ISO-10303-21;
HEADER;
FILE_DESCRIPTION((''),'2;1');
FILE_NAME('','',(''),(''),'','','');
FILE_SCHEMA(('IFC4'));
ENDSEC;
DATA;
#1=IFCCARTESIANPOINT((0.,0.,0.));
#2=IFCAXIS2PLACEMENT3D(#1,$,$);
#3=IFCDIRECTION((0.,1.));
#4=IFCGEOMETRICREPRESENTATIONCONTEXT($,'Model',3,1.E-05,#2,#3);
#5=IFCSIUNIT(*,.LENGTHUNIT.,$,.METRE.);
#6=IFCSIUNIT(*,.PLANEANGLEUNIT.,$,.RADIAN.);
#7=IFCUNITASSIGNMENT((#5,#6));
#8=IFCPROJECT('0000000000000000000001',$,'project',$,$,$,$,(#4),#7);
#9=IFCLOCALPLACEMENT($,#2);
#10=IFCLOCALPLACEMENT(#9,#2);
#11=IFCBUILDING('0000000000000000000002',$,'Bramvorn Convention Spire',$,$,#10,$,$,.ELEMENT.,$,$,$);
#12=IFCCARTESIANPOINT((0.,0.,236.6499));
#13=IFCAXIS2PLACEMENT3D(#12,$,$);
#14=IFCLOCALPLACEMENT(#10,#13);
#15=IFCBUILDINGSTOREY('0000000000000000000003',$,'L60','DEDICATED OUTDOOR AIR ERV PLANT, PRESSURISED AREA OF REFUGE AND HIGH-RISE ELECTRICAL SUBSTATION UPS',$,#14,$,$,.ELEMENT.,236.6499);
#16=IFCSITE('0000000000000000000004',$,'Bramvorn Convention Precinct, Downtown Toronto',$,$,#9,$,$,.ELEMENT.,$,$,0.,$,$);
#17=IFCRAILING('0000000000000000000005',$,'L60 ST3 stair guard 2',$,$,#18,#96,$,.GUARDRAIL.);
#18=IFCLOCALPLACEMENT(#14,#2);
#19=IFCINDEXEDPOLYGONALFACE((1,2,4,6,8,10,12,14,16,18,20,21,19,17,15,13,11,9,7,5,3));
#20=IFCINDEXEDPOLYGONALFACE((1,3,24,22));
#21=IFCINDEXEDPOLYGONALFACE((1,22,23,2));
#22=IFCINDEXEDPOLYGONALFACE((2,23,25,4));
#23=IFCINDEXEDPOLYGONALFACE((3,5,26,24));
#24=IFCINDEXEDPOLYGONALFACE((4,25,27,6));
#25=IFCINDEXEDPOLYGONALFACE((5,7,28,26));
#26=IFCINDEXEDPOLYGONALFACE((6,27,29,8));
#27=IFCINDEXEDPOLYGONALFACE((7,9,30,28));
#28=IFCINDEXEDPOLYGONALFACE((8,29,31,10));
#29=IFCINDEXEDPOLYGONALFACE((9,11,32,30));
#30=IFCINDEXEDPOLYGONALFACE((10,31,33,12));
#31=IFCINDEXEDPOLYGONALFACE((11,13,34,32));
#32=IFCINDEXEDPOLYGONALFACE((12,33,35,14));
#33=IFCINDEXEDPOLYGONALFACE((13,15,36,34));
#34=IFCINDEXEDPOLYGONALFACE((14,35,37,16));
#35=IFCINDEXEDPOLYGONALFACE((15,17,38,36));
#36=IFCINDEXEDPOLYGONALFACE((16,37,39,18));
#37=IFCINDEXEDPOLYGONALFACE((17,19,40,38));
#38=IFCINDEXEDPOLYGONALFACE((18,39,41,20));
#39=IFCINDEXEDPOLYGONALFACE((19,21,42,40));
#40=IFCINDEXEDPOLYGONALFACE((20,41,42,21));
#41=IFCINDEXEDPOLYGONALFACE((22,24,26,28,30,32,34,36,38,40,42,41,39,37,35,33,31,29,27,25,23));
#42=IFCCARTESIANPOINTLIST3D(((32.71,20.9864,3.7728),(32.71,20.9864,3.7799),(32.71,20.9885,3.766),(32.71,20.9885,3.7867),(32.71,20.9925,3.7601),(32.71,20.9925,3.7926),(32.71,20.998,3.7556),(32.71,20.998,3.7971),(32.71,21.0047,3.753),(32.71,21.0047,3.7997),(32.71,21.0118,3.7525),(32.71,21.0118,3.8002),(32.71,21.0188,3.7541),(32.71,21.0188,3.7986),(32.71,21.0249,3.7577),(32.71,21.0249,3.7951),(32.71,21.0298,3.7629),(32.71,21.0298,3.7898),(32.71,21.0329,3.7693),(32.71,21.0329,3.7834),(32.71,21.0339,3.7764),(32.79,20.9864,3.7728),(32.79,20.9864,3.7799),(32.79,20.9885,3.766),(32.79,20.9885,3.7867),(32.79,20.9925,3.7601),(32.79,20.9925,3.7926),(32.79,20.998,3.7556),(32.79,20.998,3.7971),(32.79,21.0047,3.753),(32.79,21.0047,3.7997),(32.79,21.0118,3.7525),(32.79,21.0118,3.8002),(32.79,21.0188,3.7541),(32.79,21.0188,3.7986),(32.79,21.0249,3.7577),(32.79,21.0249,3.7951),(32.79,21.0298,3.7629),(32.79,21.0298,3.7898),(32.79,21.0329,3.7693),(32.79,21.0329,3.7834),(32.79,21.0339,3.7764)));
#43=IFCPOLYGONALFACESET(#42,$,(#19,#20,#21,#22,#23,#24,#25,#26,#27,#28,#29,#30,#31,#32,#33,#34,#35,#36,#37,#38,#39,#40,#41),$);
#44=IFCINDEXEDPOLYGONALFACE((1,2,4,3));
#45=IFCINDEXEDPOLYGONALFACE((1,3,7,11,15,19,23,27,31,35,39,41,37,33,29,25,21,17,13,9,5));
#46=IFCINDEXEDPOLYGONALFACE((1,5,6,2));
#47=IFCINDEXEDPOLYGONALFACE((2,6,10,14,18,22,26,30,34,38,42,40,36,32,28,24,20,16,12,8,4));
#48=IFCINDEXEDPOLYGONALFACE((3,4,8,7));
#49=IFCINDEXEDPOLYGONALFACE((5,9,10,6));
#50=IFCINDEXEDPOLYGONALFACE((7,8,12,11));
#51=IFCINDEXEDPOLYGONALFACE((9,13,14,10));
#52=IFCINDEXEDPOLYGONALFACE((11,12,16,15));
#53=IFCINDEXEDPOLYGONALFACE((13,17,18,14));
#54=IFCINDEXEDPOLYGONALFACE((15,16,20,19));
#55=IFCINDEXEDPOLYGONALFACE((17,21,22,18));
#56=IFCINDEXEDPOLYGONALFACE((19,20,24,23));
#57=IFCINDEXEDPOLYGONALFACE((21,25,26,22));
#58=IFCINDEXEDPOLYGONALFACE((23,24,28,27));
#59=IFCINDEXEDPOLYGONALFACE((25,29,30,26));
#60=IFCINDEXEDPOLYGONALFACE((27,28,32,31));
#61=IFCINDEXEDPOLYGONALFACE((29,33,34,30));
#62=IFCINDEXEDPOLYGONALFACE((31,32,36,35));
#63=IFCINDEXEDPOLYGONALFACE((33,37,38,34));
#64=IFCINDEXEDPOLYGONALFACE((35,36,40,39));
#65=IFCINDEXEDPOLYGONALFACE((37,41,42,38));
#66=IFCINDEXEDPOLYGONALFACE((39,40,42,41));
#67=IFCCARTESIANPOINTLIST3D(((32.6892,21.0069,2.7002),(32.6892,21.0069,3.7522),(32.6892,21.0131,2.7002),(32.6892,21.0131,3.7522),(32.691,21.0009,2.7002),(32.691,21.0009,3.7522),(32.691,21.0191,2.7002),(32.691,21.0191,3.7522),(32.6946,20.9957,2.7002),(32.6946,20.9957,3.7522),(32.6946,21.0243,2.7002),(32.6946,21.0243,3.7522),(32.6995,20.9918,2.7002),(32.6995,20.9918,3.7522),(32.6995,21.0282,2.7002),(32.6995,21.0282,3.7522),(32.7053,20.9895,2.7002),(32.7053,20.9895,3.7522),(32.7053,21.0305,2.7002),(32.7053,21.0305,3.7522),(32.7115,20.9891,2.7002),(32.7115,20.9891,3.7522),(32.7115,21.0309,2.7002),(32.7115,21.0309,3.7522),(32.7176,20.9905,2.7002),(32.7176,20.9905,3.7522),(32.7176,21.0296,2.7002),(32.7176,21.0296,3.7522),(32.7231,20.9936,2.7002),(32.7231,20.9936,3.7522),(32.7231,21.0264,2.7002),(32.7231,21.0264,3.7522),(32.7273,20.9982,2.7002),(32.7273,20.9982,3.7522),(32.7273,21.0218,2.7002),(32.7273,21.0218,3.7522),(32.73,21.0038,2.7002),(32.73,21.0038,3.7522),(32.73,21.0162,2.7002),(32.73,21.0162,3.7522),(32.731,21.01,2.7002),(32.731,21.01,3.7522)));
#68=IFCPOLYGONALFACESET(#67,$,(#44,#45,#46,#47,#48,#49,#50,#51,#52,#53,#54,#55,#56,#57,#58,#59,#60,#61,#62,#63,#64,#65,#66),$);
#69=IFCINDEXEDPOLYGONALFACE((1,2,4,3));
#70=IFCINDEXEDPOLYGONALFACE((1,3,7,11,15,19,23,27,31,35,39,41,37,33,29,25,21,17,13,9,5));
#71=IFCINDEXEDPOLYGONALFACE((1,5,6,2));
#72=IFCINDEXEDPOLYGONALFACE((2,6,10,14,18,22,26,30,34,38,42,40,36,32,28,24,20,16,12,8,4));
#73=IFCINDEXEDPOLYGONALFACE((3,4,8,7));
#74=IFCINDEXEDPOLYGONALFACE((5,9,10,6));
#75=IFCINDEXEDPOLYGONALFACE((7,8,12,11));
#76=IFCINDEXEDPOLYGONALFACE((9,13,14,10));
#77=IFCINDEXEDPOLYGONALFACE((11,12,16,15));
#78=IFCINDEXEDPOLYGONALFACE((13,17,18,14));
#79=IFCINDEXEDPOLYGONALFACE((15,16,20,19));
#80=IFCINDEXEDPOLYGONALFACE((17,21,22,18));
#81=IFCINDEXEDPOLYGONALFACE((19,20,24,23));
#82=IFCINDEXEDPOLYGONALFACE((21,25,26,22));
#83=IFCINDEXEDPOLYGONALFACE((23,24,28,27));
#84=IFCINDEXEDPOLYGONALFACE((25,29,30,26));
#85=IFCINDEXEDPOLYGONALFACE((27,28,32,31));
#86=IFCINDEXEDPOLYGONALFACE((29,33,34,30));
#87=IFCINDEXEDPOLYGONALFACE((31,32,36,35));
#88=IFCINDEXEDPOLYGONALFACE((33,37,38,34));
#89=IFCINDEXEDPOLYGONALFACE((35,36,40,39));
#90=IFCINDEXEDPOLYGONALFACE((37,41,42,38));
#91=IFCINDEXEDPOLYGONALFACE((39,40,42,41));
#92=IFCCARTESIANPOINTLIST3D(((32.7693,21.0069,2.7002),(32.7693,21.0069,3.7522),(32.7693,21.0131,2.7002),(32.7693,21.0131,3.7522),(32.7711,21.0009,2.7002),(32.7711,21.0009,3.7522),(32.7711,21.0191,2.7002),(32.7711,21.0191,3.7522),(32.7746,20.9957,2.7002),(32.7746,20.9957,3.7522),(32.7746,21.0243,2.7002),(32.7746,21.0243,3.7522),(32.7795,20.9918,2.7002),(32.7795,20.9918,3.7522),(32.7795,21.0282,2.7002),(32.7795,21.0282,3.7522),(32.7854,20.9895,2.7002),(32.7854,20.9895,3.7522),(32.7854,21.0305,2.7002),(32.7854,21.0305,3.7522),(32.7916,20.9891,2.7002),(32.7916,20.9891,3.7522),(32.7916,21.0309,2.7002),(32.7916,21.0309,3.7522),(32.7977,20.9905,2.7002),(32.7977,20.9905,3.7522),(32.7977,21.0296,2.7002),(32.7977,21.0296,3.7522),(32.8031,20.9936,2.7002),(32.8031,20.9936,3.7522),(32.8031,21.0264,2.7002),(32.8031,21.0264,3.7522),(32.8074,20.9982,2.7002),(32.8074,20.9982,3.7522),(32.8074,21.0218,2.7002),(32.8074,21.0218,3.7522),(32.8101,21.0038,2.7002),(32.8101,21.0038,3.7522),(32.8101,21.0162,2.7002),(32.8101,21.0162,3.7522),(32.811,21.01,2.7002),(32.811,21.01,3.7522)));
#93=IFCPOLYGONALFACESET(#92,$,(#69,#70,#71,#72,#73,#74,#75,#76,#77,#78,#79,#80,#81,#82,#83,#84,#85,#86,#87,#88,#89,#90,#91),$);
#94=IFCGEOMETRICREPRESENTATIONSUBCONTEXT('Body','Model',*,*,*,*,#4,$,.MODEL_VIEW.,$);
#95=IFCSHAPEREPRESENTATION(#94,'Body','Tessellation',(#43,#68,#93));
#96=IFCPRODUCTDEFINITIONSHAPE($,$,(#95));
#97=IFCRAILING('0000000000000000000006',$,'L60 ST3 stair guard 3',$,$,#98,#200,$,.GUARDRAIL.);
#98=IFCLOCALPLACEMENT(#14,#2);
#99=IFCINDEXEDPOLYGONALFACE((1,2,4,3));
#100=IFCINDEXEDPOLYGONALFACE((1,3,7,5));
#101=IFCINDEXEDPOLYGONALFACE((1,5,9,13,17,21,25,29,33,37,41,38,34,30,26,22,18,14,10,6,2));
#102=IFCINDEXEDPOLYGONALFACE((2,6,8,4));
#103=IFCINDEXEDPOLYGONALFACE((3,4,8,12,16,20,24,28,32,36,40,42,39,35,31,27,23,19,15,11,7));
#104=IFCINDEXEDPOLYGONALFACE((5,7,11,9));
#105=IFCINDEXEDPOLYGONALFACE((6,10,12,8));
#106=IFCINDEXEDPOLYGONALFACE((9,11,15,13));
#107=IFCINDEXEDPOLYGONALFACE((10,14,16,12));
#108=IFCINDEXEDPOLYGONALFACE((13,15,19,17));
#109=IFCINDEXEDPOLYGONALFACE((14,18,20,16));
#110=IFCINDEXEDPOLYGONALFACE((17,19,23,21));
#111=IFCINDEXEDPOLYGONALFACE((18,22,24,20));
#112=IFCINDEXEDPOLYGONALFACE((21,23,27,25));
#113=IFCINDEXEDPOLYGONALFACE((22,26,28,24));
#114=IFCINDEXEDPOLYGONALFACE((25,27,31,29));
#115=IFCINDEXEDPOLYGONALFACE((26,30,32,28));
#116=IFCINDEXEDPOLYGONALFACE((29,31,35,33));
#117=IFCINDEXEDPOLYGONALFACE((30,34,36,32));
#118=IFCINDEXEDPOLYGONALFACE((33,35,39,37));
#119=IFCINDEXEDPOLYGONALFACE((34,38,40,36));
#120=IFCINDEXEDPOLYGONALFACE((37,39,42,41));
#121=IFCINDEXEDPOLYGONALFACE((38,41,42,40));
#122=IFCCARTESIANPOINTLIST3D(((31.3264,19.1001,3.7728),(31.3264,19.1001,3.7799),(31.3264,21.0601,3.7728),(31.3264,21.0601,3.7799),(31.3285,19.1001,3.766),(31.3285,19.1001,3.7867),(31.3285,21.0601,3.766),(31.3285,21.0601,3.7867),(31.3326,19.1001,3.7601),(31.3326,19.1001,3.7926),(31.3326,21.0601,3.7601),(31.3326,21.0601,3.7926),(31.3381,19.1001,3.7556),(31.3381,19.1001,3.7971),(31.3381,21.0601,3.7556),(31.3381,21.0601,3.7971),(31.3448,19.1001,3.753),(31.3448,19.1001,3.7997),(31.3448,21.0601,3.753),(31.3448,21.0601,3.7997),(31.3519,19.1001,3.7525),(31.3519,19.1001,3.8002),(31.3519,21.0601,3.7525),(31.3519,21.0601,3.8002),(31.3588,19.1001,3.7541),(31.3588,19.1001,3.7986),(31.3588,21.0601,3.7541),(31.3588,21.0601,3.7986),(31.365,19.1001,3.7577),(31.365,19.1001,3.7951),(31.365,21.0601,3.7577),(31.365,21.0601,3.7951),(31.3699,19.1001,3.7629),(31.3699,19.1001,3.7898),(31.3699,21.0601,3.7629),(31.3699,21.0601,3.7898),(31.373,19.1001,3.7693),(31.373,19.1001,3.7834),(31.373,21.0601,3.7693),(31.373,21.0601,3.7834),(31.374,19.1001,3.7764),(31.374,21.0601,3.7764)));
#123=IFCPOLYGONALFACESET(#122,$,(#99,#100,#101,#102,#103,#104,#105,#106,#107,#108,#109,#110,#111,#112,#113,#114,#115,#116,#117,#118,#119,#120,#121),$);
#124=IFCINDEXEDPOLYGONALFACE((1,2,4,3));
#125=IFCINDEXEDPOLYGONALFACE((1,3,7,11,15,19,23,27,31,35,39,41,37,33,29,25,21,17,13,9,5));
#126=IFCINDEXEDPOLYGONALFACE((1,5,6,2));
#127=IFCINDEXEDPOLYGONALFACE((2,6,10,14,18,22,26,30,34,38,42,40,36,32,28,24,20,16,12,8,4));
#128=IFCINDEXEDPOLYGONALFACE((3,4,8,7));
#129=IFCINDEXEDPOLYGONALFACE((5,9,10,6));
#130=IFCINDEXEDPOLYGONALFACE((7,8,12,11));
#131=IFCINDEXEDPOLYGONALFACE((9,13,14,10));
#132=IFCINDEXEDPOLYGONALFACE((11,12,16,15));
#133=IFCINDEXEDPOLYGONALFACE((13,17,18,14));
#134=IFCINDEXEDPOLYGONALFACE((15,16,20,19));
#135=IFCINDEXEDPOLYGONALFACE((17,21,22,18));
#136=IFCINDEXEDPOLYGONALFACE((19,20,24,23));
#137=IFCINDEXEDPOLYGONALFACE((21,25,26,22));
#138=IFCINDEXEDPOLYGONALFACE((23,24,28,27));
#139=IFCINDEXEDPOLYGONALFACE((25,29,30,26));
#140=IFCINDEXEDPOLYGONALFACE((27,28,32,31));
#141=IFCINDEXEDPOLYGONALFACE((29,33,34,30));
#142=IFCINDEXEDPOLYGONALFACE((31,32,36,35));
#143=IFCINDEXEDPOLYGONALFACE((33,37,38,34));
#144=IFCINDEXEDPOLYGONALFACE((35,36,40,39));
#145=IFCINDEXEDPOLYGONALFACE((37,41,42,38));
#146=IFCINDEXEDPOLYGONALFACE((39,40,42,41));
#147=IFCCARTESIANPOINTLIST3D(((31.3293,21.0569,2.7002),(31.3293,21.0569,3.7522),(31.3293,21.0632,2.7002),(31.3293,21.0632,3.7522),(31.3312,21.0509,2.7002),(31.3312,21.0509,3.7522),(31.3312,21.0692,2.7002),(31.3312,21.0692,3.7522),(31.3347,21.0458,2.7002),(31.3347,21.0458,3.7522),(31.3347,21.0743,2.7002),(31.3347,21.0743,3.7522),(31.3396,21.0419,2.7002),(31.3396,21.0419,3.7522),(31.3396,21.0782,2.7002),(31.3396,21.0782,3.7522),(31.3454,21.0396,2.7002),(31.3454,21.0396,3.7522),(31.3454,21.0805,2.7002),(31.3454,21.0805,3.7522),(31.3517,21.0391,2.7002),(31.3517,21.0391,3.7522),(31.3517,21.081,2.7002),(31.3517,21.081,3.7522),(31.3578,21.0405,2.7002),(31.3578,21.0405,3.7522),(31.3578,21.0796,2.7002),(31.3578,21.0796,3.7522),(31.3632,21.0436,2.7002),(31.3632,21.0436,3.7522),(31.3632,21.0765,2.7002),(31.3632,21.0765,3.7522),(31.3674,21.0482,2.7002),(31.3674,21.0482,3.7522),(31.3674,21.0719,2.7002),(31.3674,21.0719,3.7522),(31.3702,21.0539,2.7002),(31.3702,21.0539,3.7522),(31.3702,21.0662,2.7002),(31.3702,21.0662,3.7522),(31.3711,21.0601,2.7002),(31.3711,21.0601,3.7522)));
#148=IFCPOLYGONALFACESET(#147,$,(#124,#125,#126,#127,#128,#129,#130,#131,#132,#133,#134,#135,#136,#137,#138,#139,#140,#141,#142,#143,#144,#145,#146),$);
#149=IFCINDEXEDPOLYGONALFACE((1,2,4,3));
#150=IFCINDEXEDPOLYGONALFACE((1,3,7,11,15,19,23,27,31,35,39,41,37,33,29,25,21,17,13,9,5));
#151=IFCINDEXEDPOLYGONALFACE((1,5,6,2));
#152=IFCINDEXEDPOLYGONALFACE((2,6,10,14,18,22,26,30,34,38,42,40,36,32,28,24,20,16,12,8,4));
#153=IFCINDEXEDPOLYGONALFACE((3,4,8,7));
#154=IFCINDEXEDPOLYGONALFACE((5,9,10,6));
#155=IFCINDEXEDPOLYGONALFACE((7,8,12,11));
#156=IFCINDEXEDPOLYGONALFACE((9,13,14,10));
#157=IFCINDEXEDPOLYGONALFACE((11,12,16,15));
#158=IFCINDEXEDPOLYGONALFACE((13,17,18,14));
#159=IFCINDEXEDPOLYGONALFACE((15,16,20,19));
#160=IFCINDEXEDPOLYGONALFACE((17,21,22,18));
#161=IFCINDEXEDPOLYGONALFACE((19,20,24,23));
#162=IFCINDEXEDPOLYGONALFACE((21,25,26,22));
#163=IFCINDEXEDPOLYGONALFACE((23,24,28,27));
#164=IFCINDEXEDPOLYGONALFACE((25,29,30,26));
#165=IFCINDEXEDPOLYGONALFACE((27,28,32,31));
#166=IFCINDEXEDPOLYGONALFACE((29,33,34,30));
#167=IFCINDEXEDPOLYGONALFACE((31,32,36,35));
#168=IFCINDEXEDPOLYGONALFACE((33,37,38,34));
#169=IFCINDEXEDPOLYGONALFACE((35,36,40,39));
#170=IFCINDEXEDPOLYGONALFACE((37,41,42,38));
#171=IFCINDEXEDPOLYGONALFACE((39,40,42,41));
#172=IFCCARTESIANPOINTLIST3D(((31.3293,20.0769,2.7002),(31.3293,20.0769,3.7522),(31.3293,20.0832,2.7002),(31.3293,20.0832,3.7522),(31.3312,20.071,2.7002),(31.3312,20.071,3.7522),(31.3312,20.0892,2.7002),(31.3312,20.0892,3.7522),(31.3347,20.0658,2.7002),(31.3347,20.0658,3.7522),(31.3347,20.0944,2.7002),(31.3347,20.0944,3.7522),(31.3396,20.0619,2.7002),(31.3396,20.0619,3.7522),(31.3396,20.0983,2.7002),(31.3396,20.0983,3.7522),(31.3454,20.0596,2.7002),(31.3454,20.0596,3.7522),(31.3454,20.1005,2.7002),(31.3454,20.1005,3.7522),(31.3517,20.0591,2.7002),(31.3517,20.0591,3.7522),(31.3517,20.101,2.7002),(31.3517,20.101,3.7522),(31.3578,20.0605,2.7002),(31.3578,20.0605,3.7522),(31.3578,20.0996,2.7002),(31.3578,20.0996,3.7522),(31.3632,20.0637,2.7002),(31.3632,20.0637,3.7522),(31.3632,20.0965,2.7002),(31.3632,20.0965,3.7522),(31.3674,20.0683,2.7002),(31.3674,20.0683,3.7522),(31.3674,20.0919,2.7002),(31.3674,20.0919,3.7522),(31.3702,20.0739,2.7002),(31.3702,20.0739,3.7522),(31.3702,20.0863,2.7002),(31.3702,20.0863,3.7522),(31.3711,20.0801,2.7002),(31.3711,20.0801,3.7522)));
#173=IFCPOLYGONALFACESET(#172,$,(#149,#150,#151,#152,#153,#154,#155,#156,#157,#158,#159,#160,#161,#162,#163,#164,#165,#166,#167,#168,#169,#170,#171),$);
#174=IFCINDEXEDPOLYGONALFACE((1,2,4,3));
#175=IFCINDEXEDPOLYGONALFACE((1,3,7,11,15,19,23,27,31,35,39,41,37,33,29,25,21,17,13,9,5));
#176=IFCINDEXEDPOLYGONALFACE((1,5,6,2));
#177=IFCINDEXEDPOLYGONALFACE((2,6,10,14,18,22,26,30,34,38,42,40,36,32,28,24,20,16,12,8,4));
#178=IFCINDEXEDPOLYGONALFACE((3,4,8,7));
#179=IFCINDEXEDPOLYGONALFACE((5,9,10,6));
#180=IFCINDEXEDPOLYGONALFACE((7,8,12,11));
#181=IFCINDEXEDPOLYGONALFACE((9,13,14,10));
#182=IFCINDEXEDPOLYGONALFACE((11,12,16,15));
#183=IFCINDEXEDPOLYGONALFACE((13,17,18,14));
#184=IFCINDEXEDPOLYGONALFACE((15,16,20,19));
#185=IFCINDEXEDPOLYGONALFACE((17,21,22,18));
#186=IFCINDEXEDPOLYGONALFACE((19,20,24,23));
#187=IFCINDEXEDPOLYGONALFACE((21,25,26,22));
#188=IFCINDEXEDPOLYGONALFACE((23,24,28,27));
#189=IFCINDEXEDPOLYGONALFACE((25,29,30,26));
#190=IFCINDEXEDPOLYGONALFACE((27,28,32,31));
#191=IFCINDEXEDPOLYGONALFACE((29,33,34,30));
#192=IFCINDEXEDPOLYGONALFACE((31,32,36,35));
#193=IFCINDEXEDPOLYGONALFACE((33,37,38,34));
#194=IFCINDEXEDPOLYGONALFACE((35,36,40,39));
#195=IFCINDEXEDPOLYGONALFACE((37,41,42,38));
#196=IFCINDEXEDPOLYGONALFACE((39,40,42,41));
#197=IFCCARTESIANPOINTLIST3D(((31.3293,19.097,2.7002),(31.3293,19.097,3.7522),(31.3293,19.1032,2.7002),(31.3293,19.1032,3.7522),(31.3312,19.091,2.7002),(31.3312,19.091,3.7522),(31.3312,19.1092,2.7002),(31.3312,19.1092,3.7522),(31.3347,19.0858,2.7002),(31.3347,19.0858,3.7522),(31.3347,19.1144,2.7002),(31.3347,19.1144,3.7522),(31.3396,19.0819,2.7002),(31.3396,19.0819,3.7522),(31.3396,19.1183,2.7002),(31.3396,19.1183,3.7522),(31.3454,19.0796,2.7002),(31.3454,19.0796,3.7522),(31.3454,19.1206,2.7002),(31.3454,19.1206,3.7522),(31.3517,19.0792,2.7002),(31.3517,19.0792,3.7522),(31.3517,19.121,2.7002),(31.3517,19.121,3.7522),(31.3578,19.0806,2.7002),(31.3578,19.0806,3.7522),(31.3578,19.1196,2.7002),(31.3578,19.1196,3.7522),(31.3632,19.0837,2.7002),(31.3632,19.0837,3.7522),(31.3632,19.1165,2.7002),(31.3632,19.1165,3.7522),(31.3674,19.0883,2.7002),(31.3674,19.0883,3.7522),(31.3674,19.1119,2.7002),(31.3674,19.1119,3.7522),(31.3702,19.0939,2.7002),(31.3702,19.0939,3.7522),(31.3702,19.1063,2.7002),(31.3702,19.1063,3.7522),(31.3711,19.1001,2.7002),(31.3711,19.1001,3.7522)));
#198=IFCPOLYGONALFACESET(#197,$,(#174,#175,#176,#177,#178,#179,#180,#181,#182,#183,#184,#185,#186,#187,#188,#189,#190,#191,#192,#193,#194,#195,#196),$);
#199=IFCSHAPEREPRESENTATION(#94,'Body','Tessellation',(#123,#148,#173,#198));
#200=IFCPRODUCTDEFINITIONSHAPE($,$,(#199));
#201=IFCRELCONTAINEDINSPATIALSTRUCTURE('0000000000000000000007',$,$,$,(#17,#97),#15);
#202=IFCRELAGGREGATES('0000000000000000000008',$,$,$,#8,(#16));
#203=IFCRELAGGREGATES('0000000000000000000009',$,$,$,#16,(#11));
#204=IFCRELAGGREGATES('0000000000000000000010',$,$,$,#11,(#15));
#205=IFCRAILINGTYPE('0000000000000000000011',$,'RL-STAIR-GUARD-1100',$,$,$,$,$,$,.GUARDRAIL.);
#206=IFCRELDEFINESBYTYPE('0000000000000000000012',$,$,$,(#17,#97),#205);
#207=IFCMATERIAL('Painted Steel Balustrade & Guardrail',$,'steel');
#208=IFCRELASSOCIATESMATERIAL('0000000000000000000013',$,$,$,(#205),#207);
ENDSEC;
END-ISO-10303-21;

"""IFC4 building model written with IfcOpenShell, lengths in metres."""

from ifc_helpers import new_model, si_unit, direction, frame, origin, origin_2d, place, context, subcontext, project, spatial, circle, extrude, material, type_object, element, save


model = new_model("IFC4")

# Units and contexts
model_context = context("Model", 3, precision=1e-05, world=origin(), true_north=direction((0.0, 1.0)))
body_context = subcontext(model_context, "Body", "Model", "MODEL_VIEW")
ifc_project = project(units=[si_unit("LENGTHUNIT", "METRE"), si_unit("PLANEANGLEUNIT", "RADIAN")], contexts=[model_context])

# Site, building, storey
site_placement = place(None, origin())
site = spatial("IfcSite", under=ifc_project, at=site_placement, Name="Bramvorn Convention Precinct, Downtown Toronto", CompositionType="ELEMENT", RefElevation=0.0)
building_placement = place(site_placement, origin())
building = spatial("IfcBuilding", under=site, at=building_placement, Name="Bramvorn Convention Spire", CompositionType="ELEMENT")
storey_placement = place(building_placement, frame((0.0, 0.0, 236.6499)))
storey = spatial("IfcBuildingStorey", under=building, at=storey_placement, Name="L60", Description="DEDICATED OUTDOOR AIR ERV PLANT, PRESSURISED AREA OF REFUGE AND HIGH-RISE ELECTRICAL SUBSTATION UPS", CompositionType="ELEMENT", Elevation=236.6499)

# Railings
ifc_material_1 = material(Name="Painted Steel Balustrade & Guardrail", Category="steel")
railing_type_1 = type_object("IfcRailingType", Name="RL-STAIR-GUARD-1100", PredefinedType="GUARDRAIL", material=ifc_material_1)
railing_1_placement = place(storey_placement, frame((32.71, 21.01, 2.7002)))
element("IfcRailing", 1, at=railing_1_placement, inside=storey, type_object=railing_type_1, Name="L60 ST3 stair guard 2", PredefinedType="GUARDRAIL", context=body_context, shape_type="SweptSolid", body=[
    extrude(circle(Radius=0.0239, at=origin_2d()), frame((0.0, 0.0, 1.0762), z_axis=(1.0, 0.0, 0.0), x_axis=(0.0, 1.0, 0.0)), (0.0, 0.0, 1.0), 0.0801),
    extrude(circle(Radius=0.021, at=origin_2d()), origin(), (0.0, 0.0, 1.0), 1.052),
    extrude(circle(Radius=0.021, at=origin_2d()), frame((0.0801, 0.0, 0.0)), (0.0, 0.0, 1.0), 1.052),
])
for number, where, name in (
    (2, (31.3501, 21.0601, 2.7002), "L60 ST3 stair guard 3"),
):
    element("IfcRailing", number, at=place(storey_placement, frame(where)), inside=storey, type_object=railing_type_1, Name=name, PredefinedType="GUARDRAIL", context=body_context, shape_type="SweptSolid", body=[
        extrude(circle(Radius=0.0239, at=origin_2d()), frame((0.0, 0.0, 1.0762), z_axis=(0.0, -1.0, 0.0), x_axis=(1.0, 0.0, 0.0)), (0.0, 0.0, 1.0), 1.96),
        extrude(circle(Radius=0.021, at=origin_2d()), origin(), (0.0, 0.0, 1.0), 1.052),
        extrude(circle(Radius=0.021, at=origin_2d()), frame((0.0, -0.98, 0.0)), (0.0, 0.0, 1.0), 1.052),
        extrude(circle(Radius=0.021, at=origin_2d()), frame((0.0, -1.96, 0.0)), (0.0, 0.0, 1.0), 1.052),
    ])

save(model, "model.ifc")
